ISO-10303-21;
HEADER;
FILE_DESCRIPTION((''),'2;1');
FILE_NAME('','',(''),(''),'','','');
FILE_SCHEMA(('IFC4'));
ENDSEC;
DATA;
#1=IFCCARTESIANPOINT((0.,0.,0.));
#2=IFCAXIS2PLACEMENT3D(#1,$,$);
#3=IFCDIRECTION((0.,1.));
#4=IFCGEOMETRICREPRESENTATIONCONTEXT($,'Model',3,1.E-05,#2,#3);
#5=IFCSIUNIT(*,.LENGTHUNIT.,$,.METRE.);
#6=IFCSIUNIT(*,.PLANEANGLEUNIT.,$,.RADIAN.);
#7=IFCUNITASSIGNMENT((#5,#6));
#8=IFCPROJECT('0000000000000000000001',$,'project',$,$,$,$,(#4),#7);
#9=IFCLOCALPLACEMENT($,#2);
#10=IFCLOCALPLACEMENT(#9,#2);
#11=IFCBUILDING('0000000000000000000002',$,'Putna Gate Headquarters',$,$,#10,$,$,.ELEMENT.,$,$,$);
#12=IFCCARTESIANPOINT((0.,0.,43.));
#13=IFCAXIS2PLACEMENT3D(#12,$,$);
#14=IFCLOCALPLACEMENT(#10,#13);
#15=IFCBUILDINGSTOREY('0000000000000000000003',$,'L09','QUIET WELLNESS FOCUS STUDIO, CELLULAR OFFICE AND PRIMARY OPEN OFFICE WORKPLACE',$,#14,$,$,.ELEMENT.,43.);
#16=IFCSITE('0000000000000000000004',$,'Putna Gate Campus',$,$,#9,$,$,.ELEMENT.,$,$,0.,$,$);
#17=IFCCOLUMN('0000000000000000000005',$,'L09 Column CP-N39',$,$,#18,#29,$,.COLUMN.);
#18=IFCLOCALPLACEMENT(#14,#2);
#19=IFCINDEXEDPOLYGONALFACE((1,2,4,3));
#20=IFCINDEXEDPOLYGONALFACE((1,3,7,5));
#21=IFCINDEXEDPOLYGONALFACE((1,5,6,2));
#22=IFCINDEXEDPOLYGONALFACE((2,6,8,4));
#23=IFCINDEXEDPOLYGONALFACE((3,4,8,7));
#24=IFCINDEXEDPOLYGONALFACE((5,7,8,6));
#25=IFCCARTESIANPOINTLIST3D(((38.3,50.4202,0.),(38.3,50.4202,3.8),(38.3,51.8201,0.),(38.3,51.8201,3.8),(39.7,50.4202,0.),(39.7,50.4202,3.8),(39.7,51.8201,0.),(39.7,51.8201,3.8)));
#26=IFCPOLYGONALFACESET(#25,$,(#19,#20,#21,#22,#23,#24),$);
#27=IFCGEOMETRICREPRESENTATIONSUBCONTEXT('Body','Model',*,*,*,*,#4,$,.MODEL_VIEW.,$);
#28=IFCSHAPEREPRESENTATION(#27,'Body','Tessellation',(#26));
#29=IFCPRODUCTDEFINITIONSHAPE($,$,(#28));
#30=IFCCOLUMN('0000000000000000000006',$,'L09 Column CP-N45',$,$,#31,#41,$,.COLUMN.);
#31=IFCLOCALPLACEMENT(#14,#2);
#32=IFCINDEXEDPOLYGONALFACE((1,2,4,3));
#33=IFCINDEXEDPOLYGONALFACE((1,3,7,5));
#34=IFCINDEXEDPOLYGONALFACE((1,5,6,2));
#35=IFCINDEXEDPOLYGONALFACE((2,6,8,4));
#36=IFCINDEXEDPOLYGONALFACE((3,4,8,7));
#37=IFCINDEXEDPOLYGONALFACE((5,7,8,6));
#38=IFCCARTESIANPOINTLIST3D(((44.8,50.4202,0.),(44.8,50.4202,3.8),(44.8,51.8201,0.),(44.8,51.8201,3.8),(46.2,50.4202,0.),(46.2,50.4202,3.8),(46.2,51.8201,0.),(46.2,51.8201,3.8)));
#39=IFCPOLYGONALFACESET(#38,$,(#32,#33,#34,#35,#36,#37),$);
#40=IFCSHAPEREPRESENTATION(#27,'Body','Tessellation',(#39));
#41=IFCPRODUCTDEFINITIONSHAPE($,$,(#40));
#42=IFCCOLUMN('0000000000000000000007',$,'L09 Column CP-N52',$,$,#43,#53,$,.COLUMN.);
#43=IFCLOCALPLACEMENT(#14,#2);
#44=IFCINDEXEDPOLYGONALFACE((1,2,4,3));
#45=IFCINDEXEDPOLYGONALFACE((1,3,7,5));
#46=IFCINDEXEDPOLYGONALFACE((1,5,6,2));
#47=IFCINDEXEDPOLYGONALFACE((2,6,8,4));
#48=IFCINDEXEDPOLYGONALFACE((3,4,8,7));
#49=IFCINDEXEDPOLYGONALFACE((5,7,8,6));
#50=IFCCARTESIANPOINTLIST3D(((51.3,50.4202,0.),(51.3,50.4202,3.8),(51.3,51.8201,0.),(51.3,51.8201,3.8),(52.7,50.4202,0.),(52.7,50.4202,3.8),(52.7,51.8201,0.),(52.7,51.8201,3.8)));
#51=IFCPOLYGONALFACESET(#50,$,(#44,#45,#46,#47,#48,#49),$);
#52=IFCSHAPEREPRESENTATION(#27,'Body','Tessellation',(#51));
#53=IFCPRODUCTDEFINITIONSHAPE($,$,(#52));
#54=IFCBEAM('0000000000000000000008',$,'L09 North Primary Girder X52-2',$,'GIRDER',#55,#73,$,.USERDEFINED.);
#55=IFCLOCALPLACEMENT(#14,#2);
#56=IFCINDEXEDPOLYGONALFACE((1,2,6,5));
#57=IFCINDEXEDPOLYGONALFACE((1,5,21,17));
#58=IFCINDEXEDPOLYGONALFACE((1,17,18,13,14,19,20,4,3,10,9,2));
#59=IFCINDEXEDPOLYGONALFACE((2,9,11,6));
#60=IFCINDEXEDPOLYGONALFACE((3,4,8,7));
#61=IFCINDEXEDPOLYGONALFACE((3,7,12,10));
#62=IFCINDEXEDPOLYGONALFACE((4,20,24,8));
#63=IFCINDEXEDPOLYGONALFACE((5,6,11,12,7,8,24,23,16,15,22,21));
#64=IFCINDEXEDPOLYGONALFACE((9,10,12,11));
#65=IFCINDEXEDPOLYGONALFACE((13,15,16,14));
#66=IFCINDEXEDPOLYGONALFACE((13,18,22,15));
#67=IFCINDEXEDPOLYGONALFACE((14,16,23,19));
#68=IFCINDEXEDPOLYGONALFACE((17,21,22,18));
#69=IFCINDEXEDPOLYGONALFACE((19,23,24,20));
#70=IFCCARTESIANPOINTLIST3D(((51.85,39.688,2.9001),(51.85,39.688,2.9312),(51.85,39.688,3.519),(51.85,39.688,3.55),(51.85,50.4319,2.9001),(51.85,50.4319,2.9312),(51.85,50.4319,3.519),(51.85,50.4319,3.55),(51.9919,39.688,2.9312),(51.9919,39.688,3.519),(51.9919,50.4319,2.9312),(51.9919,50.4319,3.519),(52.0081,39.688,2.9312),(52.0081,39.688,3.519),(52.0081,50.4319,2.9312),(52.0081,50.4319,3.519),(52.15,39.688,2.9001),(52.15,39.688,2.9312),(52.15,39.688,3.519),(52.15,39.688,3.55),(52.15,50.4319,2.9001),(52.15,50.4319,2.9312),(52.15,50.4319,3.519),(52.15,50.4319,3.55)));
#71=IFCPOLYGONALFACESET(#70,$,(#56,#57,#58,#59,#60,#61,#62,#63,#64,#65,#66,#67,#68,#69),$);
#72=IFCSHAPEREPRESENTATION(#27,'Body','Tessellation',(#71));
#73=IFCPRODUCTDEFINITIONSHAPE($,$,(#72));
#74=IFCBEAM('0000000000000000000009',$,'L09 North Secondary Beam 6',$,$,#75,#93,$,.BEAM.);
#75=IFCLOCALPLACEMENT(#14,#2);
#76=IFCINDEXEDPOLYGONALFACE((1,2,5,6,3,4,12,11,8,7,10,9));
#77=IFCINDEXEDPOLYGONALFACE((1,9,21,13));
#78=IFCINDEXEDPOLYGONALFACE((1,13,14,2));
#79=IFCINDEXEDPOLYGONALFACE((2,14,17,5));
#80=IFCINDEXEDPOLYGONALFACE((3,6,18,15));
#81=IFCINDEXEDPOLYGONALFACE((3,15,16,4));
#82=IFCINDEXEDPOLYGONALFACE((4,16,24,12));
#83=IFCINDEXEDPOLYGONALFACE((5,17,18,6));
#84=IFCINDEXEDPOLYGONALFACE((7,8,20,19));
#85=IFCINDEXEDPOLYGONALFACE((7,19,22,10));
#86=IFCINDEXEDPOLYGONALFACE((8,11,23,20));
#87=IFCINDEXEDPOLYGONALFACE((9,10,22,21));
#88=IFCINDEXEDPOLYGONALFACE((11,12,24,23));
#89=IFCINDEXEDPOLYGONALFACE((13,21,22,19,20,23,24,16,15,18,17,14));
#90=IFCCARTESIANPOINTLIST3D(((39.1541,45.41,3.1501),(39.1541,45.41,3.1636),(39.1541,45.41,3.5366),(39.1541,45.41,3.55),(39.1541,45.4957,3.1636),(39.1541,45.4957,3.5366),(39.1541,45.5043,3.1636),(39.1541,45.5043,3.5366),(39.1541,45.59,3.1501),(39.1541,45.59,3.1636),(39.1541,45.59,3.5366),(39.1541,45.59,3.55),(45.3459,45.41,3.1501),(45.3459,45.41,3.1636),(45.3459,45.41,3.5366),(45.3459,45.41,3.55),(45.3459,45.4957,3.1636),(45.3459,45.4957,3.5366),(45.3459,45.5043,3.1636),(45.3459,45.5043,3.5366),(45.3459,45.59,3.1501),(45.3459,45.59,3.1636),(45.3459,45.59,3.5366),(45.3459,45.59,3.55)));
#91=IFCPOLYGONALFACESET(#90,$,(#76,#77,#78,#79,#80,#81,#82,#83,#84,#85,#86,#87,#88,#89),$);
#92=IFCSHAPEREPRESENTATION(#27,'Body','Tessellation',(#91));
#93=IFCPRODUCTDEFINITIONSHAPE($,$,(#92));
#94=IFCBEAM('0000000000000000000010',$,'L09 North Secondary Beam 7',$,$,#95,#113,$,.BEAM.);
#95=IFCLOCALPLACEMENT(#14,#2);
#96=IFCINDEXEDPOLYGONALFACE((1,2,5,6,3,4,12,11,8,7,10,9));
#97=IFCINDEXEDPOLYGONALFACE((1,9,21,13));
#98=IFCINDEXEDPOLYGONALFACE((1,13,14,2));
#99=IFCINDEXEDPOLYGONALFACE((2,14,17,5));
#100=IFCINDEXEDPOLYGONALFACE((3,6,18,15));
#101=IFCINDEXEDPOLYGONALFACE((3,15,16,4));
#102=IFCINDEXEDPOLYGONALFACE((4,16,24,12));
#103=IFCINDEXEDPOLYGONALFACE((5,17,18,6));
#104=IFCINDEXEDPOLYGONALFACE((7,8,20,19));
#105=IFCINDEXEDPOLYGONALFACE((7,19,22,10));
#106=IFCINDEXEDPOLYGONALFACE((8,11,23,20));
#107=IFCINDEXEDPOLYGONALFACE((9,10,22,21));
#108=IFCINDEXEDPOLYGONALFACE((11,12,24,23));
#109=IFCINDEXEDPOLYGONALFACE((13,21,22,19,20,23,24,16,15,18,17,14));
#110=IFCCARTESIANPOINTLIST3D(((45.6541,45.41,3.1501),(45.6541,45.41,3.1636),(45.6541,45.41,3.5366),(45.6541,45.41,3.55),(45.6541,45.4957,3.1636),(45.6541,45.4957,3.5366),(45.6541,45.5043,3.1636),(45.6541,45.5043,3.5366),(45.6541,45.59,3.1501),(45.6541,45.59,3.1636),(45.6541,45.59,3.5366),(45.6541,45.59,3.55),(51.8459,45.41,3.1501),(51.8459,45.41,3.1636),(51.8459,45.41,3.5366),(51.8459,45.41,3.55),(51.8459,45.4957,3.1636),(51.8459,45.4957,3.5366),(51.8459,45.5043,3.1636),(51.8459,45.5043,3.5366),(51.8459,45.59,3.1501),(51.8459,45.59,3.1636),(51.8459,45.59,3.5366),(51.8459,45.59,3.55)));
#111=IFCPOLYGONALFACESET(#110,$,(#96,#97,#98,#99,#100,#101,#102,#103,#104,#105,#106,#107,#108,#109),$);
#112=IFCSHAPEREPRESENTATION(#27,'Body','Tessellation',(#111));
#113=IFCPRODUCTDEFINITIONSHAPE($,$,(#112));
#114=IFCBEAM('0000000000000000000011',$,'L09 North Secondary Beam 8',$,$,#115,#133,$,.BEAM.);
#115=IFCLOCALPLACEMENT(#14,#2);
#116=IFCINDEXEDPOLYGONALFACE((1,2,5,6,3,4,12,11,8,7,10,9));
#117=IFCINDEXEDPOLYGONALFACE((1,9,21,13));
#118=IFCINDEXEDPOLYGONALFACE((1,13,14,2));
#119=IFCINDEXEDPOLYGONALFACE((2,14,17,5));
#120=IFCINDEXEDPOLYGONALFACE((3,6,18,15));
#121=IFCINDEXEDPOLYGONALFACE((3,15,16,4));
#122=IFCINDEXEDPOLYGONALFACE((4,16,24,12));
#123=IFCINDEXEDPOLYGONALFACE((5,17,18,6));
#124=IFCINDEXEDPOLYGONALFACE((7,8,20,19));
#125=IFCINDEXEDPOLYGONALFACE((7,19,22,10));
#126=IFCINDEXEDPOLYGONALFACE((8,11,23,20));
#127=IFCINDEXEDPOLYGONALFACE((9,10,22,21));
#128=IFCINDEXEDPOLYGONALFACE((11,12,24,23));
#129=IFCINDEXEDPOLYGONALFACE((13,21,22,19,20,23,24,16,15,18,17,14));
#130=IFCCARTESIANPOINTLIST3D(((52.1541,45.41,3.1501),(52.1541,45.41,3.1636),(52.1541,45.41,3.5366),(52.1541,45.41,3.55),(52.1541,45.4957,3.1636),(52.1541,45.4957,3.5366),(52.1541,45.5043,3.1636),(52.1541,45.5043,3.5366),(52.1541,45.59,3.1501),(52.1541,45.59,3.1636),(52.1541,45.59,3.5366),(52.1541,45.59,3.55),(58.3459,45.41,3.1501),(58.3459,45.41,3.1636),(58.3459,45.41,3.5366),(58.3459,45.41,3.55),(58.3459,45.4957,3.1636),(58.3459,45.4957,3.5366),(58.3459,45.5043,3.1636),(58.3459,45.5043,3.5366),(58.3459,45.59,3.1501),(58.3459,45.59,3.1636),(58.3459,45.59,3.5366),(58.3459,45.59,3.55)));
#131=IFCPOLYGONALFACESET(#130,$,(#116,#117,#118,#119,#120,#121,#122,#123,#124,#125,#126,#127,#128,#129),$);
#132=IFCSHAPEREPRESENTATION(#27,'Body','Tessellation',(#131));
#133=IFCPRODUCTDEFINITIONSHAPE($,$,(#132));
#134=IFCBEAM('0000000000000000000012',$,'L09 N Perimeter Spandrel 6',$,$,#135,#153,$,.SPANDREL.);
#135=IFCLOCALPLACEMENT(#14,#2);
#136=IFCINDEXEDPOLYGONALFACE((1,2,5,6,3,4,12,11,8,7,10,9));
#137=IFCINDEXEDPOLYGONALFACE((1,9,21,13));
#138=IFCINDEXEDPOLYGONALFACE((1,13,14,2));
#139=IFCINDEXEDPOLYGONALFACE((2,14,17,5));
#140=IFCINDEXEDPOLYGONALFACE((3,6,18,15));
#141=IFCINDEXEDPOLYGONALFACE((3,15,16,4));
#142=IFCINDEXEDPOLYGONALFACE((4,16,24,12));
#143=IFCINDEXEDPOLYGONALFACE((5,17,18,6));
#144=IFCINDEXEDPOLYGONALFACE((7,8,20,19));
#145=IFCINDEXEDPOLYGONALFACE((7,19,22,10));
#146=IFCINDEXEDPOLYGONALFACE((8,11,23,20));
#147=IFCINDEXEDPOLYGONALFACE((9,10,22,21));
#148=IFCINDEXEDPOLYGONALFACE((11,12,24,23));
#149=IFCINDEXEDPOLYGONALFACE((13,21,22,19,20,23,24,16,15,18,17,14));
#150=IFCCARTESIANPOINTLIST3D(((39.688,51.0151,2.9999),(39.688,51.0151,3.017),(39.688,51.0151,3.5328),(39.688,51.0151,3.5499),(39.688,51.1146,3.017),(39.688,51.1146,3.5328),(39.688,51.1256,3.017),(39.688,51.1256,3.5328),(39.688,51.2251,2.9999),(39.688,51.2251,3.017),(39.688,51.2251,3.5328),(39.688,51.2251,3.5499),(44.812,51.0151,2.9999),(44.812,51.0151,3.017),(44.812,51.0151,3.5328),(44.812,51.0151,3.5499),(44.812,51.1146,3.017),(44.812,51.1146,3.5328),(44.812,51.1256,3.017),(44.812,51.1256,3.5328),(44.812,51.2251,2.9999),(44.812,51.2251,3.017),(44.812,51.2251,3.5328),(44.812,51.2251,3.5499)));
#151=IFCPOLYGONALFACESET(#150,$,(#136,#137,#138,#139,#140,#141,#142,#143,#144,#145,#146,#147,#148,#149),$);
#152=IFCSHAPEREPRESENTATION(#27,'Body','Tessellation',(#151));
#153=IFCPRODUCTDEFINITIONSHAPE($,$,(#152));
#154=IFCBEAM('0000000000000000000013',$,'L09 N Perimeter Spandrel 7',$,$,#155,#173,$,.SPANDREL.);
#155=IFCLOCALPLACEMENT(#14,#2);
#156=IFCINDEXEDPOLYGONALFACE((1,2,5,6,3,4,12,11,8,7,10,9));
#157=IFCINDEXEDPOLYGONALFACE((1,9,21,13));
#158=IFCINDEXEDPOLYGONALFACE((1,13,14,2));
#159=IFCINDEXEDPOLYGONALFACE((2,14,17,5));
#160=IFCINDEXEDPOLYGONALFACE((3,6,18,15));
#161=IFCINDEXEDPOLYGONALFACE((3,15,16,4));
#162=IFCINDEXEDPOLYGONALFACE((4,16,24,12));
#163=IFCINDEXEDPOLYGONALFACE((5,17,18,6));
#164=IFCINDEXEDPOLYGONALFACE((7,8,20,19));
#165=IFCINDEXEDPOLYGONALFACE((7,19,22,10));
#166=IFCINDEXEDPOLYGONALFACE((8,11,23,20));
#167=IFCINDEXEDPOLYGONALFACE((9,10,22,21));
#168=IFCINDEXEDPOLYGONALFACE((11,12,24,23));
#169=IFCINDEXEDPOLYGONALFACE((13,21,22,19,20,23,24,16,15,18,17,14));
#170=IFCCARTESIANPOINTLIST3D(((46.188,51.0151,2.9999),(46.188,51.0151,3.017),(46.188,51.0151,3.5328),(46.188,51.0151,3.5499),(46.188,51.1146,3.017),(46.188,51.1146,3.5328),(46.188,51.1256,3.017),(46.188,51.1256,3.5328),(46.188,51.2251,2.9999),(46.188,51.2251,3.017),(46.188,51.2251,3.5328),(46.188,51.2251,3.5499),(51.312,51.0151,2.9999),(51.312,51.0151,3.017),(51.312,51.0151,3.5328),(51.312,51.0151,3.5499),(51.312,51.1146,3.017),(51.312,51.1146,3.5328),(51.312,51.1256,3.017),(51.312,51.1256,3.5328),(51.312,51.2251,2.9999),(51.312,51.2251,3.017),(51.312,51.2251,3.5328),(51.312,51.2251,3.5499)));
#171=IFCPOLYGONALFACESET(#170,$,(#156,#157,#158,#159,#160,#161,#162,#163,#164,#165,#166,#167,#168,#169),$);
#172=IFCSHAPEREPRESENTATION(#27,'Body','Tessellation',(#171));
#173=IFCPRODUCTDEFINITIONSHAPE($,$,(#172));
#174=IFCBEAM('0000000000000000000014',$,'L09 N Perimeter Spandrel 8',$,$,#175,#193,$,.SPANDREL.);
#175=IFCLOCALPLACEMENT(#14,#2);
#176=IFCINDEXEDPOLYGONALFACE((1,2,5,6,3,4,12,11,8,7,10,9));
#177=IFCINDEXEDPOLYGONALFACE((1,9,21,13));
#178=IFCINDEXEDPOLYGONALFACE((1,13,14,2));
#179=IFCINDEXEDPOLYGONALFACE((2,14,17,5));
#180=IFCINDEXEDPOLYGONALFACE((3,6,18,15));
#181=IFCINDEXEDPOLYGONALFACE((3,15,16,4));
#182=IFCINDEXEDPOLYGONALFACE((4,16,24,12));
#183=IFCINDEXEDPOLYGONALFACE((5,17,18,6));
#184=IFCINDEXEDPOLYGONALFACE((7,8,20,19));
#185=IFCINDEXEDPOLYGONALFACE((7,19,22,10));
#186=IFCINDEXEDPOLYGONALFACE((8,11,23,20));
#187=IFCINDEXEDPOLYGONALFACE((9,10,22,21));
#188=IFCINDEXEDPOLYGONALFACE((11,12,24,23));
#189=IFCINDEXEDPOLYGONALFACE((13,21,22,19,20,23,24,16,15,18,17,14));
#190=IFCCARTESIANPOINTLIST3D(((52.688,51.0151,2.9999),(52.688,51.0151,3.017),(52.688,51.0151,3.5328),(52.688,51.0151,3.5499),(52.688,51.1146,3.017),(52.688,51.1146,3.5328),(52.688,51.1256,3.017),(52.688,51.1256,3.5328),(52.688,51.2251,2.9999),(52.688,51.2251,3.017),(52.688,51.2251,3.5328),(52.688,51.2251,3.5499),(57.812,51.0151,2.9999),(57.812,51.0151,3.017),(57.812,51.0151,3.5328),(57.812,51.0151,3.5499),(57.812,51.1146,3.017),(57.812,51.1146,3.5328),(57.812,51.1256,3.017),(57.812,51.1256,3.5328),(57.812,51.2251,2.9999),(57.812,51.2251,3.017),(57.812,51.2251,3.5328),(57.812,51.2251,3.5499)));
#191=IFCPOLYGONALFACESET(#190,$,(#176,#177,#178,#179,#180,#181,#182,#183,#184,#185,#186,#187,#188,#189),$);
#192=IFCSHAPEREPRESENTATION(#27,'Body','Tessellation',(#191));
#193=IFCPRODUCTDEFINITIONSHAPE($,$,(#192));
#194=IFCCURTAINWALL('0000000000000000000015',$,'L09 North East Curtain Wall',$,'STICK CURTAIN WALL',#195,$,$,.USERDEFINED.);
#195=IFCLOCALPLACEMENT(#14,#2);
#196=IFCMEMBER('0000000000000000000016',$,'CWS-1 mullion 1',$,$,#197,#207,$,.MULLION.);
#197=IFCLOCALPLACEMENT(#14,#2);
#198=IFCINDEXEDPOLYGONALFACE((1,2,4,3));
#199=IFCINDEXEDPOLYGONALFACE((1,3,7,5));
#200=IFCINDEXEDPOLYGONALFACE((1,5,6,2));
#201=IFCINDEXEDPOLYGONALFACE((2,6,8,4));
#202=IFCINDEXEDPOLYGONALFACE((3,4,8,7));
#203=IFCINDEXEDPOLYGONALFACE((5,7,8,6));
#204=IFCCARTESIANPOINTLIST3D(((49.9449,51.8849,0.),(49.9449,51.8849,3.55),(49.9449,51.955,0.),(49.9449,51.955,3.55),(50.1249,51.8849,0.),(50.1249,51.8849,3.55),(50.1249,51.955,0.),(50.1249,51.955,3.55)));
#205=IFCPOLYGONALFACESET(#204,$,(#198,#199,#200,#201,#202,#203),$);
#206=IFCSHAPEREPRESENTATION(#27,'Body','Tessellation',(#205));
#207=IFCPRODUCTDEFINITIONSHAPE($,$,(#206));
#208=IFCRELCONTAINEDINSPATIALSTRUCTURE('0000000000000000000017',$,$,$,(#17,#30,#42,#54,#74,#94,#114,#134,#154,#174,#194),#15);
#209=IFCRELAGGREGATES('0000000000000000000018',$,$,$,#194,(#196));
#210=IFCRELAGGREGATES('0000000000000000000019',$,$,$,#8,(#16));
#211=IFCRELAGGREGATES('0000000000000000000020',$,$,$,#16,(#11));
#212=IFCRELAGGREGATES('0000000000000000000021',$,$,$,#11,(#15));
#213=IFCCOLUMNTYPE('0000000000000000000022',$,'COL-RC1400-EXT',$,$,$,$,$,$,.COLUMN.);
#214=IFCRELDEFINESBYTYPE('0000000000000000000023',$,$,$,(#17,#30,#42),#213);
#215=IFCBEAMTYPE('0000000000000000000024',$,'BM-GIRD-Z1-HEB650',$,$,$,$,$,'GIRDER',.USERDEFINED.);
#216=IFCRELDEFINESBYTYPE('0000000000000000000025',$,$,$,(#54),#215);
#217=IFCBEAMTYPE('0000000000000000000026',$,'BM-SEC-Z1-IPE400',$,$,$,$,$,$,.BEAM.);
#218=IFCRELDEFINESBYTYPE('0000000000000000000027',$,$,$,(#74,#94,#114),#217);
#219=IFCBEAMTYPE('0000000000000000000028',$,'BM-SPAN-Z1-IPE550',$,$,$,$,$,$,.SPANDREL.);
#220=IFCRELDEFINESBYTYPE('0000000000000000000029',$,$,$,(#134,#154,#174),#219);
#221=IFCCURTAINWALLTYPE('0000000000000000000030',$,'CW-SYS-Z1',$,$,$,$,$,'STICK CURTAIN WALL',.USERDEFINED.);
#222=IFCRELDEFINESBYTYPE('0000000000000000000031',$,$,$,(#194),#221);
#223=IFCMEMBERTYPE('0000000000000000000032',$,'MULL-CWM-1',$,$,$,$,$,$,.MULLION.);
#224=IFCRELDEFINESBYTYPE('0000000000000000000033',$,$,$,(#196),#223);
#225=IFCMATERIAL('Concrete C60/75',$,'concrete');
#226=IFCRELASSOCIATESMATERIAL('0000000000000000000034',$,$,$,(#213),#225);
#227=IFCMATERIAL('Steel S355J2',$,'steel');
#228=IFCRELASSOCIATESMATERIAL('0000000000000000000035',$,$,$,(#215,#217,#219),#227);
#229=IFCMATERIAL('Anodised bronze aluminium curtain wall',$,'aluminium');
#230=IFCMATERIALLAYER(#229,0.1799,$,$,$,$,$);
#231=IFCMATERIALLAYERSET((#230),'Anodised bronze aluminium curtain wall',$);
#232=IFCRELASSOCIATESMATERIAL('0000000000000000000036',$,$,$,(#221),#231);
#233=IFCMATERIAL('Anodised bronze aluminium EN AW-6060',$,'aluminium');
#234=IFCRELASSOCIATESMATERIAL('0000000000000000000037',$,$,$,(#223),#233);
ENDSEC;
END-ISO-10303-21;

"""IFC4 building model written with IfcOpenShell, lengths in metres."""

from ifc_helpers import new_model, si_unit, direction, frame, origin, origin_2d, place, context, subcontext, project, spatial, rectangle, i_section, extrude, material, layer, layer_set, material_profile, profile_set, type_object, element, aggregate, save


model = new_model("IFC4")

# Units and contexts
model_context = context("Model", 3, precision=1e-05, world=origin(), true_north=direction((0.0, 1.0)))
body_context = subcontext(model_context, "Body", "Model", "MODEL_VIEW")
ifc_project = project(units=[si_unit("LENGTHUNIT", "METRE"), si_unit("PLANEANGLEUNIT", "RADIAN")], contexts=[model_context])

# Site, building, storey
site_placement = place(None, origin())
site = spatial("IfcSite", under=ifc_project, at=site_placement, Name="Putna Gate Campus", CompositionType="ELEMENT", RefElevation=0.0)
building_placement = place(site_placement, origin())
building = spatial("IfcBuilding", under=site, at=building_placement, Name="Putna Gate Headquarters", CompositionType="ELEMENT")
storey_placement = place(building_placement, frame((0.0, 0.0, 43.0)))
storey = spatial("IfcBuildingStorey", under=building, at=storey_placement, Name="L09", Description="QUIET WELLNESS FOCUS STUDIO, CELLULAR OFFICE AND PRIMARY OPEN OFFICE WORKPLACE", CompositionType="ELEMENT", Elevation=43.0)

# Columns
ifc_material_1 = material(Name="Concrete C60/75", Category="concrete")
ifc_material_profile_1 = material_profile(ifc_material_1, rectangle(XDim=1.3999, YDim=1.3999, at=origin_2d()), Name="Concrete C60/75")
ifc_profile_set_1 = profile_set([ifc_material_profile_1], Name="Concrete C60/75")
column_type = type_object("IfcColumnType", Name="COL-RC1400-EXT", PredefinedType="COLUMN", material=ifc_profile_set_1)
for number, where, z_axis, x_axis, name in (
    (1, (39.0, 51.1201, 0.0), (0.0, 0.0, 1.0), (1.0, 0.0, 0.0), "L09 Column CP-N39"),
    (2, (45.5, 51.1201, 0.0), (0.0, 0.0, 1.0), (1.0, 0.0, 0.0), "L09 Column CP-N45"),
    (3, (52.0, 51.1201, 0.0), (0.0, 0.0, 1.0), (1.0, 0.0, 0.0), "L09 Column CP-N52"),
):
    element("IfcColumn", number, at=place(storey_placement, frame(where, z_axis=z_axis, x_axis=x_axis)), inside=storey, type_object=column_type, Name=name, PredefinedType="COLUMN", context=body_context, shape_type="SweptSolid", body=[
        extrude(rectangle(XDim=1.3999, YDim=1.3999, at=origin_2d()), origin(), (0.0, 0.0, 1.0), 3.8),
    ])

# Beams
ifc_material_2 = material(Name="Steel S355J2", Category="steel")
ifc_material_profile_2 = material_profile(ifc_material_2, i_section(OverallWidth=0.3, OverallDepth=0.6499, WebThickness=0.0161, FlangeThickness=0.031, at=origin_2d()), Name="Steel S355J2")
ifc_profile_set_2 = profile_set([ifc_material_profile_2], Name="Steel S355J2")
beam_type_1 = type_object("IfcBeamType", Name="BM-GIRD-Z1-HEB650", ElementType="GIRDER", PredefinedType="USERDEFINED", material=ifc_profile_set_2)
beam_placement = place(storey_placement, frame((52.0, 39.688, 3.2251), z_axis=(0.0, 1.0, 0.0), x_axis=(-1.0, 0.0, 0.0)))
element("IfcBeam", 4, at=beam_placement, inside=storey, type_object=beam_type_1, Name="L09 North Primary Girder X52-2", ObjectType="GIRDER", PredefinedType="USERDEFINED", context=body_context, shape_type="SweptSolid", body=[
    extrude(i_section(OverallWidth=0.3, OverallDepth=0.6499, WebThickness=0.0161, FlangeThickness=0.031, at=origin_2d()), origin(), (0.0, 0.0, 1.0), 10.7439),
])
ifc_material_profile_3 = material_profile(ifc_material_2, i_section(OverallWidth=0.1799, OverallDepth=0.3999, WebThickness=0.0085, FlangeThickness=0.0134, at=origin_2d()), Name="Steel S355J2")
ifc_profile_set_3 = profile_set([ifc_material_profile_3], Name="Steel S355J2")
beam_type_2 = type_object("IfcBeamType", Name="BM-SEC-Z1-IPE400", PredefinedType="BEAM", material=ifc_profile_set_3)
for number, where, z_axis, x_axis, name in (
    (5, (39.1541, 45.5, 3.3501), (1.0, 0.0, 0.0), (0.0, 1.0, 0.0), "L09 North Secondary Beam 6"),
    (6, (45.6541, 45.5, 3.3501), (1.0, 0.0, 0.0), (0.0, 1.0, 0.0), "L09 North Secondary Beam 7"),
    (7, (52.1541, 45.5, 3.3501), (1.0, 0.0, 0.0), (0.0, 1.0, 0.0), "L09 North Secondary Beam 8"),
):
    element("IfcBeam", number, at=place(storey_placement, frame(where, z_axis=z_axis, x_axis=x_axis)), inside=storey, type_object=beam_type_2, Name=name, PredefinedType="BEAM", context=body_context, shape_type="SweptSolid", body=[
        extrude(i_section(OverallWidth=0.1799, OverallDepth=0.3999, WebThickness=0.0085, FlangeThickness=0.0134, at=origin_2d()), origin(), (0.0, 0.0, 1.0), 6.1919),
    ])
ifc_material_profile_4 = material_profile(ifc_material_2, i_section(OverallWidth=0.21, OverallDepth=0.55, WebThickness=0.011, FlangeThickness=0.0171, at=origin_2d()), Name="Steel S355J2")
ifc_profile_set_4 = profile_set([ifc_material_profile_4], Name="Steel S355J2")
beam_type_3 = type_object("IfcBeamType", Name="BM-SPAN-Z1-IPE550", PredefinedType="SPANDREL", material=ifc_profile_set_4)
for number, where, z_axis, x_axis, name in (
    (8, (39.688, 51.1201, 3.2749), (1.0, 0.0, 0.0), (0.0, 1.0, 0.0), "L09 N Perimeter Spandrel 6"),
    (9, (46.188, 51.1201, 3.2749), (1.0, 0.0, 0.0), (0.0, 1.0, 0.0), "L09 N Perimeter Spandrel 7"),
    (10, (52.688, 51.1201, 3.2749), (1.0, 0.0, 0.0), (0.0, 1.0, 0.0), "L09 N Perimeter Spandrel 8"),
):
    element("IfcBeam", number, at=place(storey_placement, frame(where, z_axis=z_axis, x_axis=x_axis)), inside=storey, type_object=beam_type_3, Name=name, PredefinedType="SPANDREL", context=body_context, shape_type="SweptSolid", body=[
        extrude(i_section(OverallWidth=0.21, OverallDepth=0.55, WebThickness=0.011, FlangeThickness=0.0171, at=origin_2d()), origin(), (0.0, 0.0, 1.0), 5.124),
    ])

# Curtain wall, member
ifc_material_3 = material(Name="Anodised bronze aluminium curtain wall", Category="aluminium")
ifc_layer_1 = layer(ifc_material_3, 0.1799)
ifc_layer_set_1 = layer_set([ifc_layer_1], Name="Anodised bronze aluminium curtain wall")
curtain_wall_type_1 = type_object("IfcCurtainWallType", Name="CW-SYS-Z1", ElementType="STICK CURTAIN WALL", PredefinedType="USERDEFINED", material=ifc_layer_set_1)
curtain_wall_1_placement = place(storey_placement, origin())
curtain_wall_1 = element("IfcCurtainWall", 11, at=curtain_wall_1_placement, inside=storey, type_object=curtain_wall_type_1, Name="L09 North East Curtain Wall", ObjectType="STICK CURTAIN WALL", PredefinedType="USERDEFINED")
ifc_material_4 = material(Name="Anodised bronze aluminium EN AW-6060", Category="aluminium")
ifc_material_profile_5 = material_profile(ifc_material_4, rectangle(XDim=0.0701, YDim=0.1799, at=origin_2d()), Name="Anodised bronze aluminium EN AW-6060")
ifc_profile_set_5 = profile_set([ifc_material_profile_5], Name="Anodised bronze aluminium EN AW-6060")
member_type_1 = type_object("IfcMemberType", Name="MULL-CWM-1", PredefinedType="MULLION", material=ifc_profile_set_5)
member_1_placement = place(storey_placement, frame((50.0349, 51.9199, 0.0), z_axis=(0.0, 0.0, 1.0), x_axis=(0.0, 1.0, 0.0)))
member_1 = element("IfcMember", 12, at=member_1_placement, type_object=member_type_1, Name="CWS-1 mullion 1", PredefinedType="MULLION", context=body_context, shape_type="SweptSolid", body=[
    extrude(rectangle(XDim=0.0701, YDim=0.1799, at=origin_2d()), origin(), (0.0, 0.0, 1.0), 3.55),
])

aggregate(curtain_wall_1, [member_1])

save(model, "model.ifc")
